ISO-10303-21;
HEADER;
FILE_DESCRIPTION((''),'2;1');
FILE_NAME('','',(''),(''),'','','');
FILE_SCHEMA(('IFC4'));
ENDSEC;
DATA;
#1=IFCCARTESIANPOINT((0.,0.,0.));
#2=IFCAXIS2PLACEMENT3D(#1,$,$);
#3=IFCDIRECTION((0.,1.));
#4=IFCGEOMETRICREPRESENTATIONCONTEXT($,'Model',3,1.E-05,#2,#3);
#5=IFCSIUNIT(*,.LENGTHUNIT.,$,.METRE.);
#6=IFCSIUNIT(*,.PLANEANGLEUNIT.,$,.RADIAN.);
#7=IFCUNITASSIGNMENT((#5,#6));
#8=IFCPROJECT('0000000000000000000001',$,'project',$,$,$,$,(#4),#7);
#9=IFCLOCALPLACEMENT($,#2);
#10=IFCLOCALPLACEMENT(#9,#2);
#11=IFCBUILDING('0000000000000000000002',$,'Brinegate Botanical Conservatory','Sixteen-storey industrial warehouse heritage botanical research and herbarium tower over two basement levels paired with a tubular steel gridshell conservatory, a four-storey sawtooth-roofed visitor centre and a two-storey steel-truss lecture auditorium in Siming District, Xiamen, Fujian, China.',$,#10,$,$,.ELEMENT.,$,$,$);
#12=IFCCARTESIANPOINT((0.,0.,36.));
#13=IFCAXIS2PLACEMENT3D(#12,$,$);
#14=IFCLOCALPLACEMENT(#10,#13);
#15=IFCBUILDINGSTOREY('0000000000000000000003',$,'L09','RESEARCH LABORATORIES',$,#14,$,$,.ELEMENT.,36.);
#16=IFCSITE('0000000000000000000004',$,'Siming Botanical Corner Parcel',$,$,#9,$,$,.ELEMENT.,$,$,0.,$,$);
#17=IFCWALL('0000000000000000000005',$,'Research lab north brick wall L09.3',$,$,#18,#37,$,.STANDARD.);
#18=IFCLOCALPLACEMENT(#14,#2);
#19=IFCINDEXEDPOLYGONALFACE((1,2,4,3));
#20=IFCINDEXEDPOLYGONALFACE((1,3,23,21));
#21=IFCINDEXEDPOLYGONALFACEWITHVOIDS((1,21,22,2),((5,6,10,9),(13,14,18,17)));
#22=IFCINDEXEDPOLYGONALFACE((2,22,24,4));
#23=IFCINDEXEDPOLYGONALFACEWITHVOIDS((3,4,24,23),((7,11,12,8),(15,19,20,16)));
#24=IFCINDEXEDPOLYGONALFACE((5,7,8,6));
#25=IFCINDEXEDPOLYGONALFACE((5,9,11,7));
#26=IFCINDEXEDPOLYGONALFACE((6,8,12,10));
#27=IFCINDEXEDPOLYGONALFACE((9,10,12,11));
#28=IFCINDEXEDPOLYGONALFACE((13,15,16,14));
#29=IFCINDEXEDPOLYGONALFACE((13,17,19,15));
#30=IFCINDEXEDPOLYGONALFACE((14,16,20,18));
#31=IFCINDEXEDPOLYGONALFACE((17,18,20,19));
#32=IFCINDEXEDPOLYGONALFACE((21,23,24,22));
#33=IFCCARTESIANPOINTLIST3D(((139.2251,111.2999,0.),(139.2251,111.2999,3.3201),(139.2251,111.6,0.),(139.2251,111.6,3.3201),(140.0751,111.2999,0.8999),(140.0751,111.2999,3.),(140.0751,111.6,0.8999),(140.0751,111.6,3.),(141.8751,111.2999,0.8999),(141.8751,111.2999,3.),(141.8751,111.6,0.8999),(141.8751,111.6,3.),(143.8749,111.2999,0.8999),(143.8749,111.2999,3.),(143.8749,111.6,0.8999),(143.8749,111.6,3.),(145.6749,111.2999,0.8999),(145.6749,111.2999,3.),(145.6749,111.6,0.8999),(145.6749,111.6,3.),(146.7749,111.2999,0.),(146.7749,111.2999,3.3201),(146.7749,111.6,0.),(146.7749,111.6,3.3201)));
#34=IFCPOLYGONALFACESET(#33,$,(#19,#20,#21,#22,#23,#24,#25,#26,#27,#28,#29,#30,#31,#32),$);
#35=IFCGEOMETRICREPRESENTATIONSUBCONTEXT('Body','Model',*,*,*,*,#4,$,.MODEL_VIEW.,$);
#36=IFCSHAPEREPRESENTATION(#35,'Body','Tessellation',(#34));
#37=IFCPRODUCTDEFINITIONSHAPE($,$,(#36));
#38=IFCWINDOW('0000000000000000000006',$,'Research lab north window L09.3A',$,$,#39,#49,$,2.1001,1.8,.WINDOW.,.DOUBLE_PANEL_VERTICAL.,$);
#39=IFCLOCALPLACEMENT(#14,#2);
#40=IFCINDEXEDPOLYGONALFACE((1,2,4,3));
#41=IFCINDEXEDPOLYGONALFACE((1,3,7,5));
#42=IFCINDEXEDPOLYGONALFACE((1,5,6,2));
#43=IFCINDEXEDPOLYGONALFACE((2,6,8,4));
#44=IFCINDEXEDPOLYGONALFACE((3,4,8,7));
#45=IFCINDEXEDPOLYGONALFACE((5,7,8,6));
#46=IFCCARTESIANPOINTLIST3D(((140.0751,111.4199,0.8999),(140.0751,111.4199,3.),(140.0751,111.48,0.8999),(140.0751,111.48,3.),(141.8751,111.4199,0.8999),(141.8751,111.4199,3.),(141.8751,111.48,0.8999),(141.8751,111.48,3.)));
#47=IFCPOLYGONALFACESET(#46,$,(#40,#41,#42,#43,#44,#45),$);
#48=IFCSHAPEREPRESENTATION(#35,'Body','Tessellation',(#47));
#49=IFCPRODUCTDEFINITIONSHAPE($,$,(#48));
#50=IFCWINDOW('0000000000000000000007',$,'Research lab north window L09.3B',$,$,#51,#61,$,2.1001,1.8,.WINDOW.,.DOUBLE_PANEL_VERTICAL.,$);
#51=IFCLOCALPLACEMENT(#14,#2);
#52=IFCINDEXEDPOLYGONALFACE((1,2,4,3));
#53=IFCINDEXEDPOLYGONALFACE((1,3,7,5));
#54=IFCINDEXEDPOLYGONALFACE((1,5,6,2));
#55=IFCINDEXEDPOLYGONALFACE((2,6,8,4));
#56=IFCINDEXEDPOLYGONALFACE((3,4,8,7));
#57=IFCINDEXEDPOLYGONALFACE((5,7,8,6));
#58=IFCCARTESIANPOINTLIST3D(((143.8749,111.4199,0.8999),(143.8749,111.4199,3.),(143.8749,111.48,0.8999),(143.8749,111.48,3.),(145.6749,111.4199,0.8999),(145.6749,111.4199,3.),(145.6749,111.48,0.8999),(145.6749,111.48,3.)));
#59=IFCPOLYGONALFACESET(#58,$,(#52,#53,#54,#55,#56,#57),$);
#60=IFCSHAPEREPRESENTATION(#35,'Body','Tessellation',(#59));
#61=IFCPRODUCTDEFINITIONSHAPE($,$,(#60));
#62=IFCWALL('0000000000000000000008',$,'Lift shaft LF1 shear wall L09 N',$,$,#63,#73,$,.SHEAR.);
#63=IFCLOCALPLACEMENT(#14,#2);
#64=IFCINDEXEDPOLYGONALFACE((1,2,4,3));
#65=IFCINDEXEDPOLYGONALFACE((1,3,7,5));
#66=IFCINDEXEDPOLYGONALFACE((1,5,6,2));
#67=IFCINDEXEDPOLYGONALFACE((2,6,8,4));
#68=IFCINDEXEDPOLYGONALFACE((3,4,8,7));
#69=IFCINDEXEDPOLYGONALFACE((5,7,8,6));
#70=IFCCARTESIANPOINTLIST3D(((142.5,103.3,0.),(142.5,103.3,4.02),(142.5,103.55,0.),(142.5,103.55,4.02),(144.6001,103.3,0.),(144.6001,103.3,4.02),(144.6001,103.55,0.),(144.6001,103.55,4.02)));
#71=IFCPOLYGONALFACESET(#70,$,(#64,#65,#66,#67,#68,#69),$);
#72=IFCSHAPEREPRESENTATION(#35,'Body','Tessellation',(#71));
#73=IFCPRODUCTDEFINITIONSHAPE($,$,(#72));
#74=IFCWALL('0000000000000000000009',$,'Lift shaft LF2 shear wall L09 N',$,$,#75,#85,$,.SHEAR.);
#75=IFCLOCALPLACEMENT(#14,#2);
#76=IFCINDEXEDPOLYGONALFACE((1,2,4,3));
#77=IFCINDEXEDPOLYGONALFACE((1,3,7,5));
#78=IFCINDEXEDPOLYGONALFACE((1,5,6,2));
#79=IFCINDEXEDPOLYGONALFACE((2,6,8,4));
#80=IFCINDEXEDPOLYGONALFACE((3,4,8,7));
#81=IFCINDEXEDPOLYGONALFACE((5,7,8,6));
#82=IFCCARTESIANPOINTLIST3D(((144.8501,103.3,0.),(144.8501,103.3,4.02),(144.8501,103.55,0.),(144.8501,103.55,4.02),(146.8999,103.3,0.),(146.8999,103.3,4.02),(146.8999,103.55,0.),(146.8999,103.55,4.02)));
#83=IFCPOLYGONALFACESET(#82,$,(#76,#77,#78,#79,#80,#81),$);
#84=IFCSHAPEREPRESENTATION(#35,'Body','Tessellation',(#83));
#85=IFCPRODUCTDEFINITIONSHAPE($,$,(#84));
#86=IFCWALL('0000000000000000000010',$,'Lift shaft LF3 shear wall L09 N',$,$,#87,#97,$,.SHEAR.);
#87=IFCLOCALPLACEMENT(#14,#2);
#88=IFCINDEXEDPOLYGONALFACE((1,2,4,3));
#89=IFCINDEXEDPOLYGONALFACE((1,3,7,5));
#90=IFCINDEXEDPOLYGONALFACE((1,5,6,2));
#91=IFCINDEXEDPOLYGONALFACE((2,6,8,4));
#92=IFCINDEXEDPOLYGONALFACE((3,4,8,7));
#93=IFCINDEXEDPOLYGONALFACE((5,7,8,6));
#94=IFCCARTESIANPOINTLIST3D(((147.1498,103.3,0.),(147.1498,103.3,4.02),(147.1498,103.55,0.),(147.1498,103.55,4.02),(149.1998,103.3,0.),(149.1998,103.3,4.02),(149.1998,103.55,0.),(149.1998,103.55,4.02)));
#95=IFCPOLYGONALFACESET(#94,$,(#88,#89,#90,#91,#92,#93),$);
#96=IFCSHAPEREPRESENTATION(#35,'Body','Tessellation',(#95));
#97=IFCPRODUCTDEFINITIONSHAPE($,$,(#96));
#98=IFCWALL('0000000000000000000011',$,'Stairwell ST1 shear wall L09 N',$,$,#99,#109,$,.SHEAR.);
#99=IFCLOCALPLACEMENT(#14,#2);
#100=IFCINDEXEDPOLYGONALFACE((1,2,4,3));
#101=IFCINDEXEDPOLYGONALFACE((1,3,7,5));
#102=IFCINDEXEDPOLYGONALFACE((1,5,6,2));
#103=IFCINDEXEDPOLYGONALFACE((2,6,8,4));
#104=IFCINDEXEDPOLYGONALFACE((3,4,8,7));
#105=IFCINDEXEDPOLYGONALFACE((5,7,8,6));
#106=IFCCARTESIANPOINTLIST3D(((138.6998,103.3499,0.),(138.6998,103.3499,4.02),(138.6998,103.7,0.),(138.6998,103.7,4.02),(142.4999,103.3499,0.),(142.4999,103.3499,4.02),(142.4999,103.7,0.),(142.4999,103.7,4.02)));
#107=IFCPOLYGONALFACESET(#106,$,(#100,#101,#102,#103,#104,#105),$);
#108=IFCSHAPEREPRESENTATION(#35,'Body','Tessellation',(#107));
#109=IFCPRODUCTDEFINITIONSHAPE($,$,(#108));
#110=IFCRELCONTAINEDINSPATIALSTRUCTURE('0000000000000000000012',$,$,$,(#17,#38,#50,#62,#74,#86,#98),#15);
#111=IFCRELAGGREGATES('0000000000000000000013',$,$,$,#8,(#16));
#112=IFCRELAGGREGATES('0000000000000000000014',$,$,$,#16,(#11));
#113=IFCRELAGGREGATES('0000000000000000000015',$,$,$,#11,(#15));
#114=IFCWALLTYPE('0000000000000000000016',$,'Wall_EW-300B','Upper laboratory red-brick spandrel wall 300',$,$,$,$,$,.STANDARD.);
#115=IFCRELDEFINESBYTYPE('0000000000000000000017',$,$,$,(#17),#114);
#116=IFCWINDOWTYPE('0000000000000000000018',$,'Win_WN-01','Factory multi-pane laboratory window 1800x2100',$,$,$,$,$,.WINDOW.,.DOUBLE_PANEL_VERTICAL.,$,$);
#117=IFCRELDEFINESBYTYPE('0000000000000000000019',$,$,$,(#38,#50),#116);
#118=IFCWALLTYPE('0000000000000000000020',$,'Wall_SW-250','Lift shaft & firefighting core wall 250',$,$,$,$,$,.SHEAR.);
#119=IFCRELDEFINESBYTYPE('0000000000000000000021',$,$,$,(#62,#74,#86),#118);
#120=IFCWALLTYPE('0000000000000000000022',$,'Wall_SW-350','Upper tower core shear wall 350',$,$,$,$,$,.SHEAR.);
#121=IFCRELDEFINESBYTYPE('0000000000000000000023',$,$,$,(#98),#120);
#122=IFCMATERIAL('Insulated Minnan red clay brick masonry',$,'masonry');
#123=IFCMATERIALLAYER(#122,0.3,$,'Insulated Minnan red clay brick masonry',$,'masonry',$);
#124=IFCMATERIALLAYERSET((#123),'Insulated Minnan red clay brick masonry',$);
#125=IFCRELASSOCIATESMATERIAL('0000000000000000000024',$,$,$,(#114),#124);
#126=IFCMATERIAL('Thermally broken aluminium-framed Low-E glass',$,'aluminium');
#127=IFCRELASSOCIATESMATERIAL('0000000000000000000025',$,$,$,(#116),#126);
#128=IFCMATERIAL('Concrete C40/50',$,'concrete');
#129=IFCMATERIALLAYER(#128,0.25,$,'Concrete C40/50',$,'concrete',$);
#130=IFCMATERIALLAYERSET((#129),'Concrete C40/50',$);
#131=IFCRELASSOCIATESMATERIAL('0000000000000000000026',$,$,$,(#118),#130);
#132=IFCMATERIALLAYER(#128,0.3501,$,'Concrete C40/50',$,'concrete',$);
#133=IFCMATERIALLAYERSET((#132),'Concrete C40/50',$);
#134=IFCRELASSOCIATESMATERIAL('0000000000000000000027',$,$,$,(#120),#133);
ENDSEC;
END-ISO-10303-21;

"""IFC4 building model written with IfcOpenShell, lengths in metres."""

from ifc_helpers import new_model, si_unit, direction, frame, frame_2d, origin, place, context, subcontext, project, spatial, rectangle, extrude, material, layer, layer_set, type_object, element, fill, save


model = new_model("IFC4")

# Units and contexts
model_context = context("Model", 3, precision=1e-05, world=origin(), true_north=direction((0.0, 1.0)))
body_context = subcontext(model_context, "Body", "Model", "MODEL_VIEW")
ifc_project = project(units=[si_unit("LENGTHUNIT", "METRE"), si_unit("PLANEANGLEUNIT", "RADIAN")], contexts=[model_context])

# Site, building, storey
site_placement = place(None, origin())
site = spatial("IfcSite", under=ifc_project, at=site_placement, Name="Siming Botanical Corner Parcel", CompositionType="ELEMENT", RefElevation=0.0)
building_placement = place(site_placement, origin())
building = spatial("IfcBuilding", under=site, at=building_placement, Name="Brinegate Botanical Conservatory", Description="Sixteen-storey industrial warehouse heritage botanical research and herbarium tower over two basement levels paired with a tubular steel gridshell conservatory, a four-storey sawtooth-roofed visitor centre and a two-storey steel-truss lecture auditorium in Siming District, Xiamen, Fujian, China.", CompositionType="ELEMENT")
storey_placement = place(building_placement, frame((0.0, 0.0, 36.0)))
storey = spatial("IfcBuildingStorey", under=building, at=storey_placement, Name="L09", Description="RESEARCH LABORATORIES", CompositionType="ELEMENT", Elevation=36.0)

# Shared definitions
ifc_material_1 = material(Name="Concrete C40/50", Category="concrete")

# Wall, openings, windows
ifc_material_2 = material(Name="Insulated Minnan red clay brick masonry", Category="masonry")
ifc_layer_1 = layer(ifc_material_2, 0.3, Name="Insulated Minnan red clay brick masonry", Category="masonry")
ifc_layer_set_1 = layer_set([ifc_layer_1], Name="Insulated Minnan red clay brick masonry")
wall_type_1 = type_object("IfcWallType", Name="Wall_EW-300B", Description="Upper laboratory red-brick spandrel wall 300", PredefinedType="STANDARD", material=ifc_layer_set_1)
wall_1_placement = place(storey_placement, frame((139.2251, 111.45, 0.0), z_axis=(0.0, 0.0, 1.0), x_axis=(1.0, 0.0, 0.0)))
wall_1 = element("IfcWall", 1, at=wall_1_placement, inside=storey, type_object=wall_type_1, Name="Research lab north brick wall L09.3", PredefinedType="STANDARD", context=body_context, shape_type="SweptSolid", body=[
    extrude(rectangle(XDim=7.5498, YDim=0.3, at=frame_2d((3.7749, 0.0))), origin(), (0.0, 0.0, 1.0), 3.3201),
])
opening_1_placement = place(wall_1_placement, frame((0.8501, 0.0, 0.8999)))
opening_1 = element("IfcOpeningElement", 2, at=opening_1_placement, cuts=wall_1, PredefinedType="OPENING", context=body_context, shape_type="SweptSolid", body=[
    extrude(rectangle(XDim=1.8, YDim=2.1001, at=frame_2d((0.8999, 1.05))), frame((0.0, 0.1599, 0.0), z_axis=(0.0, -1.0, 0.0), x_axis=(1.0, 0.0, 0.0)), (0.0, 0.0, 1.0), 0.3201),
])
opening_2_placement = place(wall_1_placement, frame((4.6499, 0.0, 0.8999)))
opening_2 = element("IfcOpeningElement", 3, at=opening_2_placement, cuts=wall_1, PredefinedType="OPENING", context=body_context, shape_type="SweptSolid", body=[
    extrude(rectangle(XDim=1.8, YDim=2.1001, at=frame_2d((0.8999, 1.05))), frame((0.0, 0.1599, 0.0), z_axis=(0.0, -1.0, 0.0), x_axis=(1.0, 0.0, 0.0)), (0.0, 0.0, 1.0), 0.3201),
])
ifc_material_3 = material(Name="Thermally broken aluminium-framed Low-E glass", Category="aluminium")
window_type = type_object("IfcWindowType", Name="Win_WN-01", Description="Factory multi-pane laboratory window 1800x2100", PartitioningType="DOUBLE_PANEL_VERTICAL", PredefinedType="WINDOW", material=ifc_material_3)
window_1_placement = place(opening_1_placement, origin())
window_1 = element("IfcWindow", 4, at=window_1_placement, inside=storey, type_object=window_type, Name="Research lab north window L09.3A", OverallHeight=2.1001, OverallWidth=1.8, PartitioningType="DOUBLE_PANEL_VERTICAL", PredefinedType="WINDOW", context=body_context, shape_type="SweptSolid", body=[
    extrude(rectangle(XDim=1.8, YDim=2.1001, at=frame_2d((0.8999, 1.05))), frame((0.0, 0.03, 0.0), z_axis=(0.0, -1.0, 0.0), x_axis=(1.0, 0.0, 0.0)), (0.0, 0.0, 1.0), 0.0601),
])
fill(opening_1, window_1)
window_2_placement = place(opening_2_placement, origin())
window_2 = element("IfcWindow", 5, at=window_2_placement, inside=storey, type_object=window_type, Name="Research lab north window L09.3B", OverallHeight=2.1001, OverallWidth=1.8, PartitioningType="DOUBLE_PANEL_VERTICAL", PredefinedType="WINDOW", context=body_context, shape_type="SweptSolid", body=[
    extrude(rectangle(XDim=1.8, YDim=2.1001, at=frame_2d((0.8999, 1.05))), frame((0.0, 0.03, 0.0), z_axis=(0.0, -1.0, 0.0), x_axis=(1.0, 0.0, 0.0)), (0.0, 0.0, 1.0), 0.0601),
])
fill(opening_2, window_2)

# Walls
ifc_layer_2 = layer(ifc_material_1, 0.25, Name="Concrete C40/50", Category="concrete")
ifc_layer_set_2 = layer_set([ifc_layer_2], Name="Concrete C40/50")
wall_type_2 = type_object("IfcWallType", Name="Wall_SW-250", Description="Lift shaft & firefighting core wall 250", PredefinedType="SHEAR", material=ifc_layer_set_2)
wall_2_placement = place(storey_placement, frame((142.5, 103.425, 0.0), z_axis=(0.0, 0.0, 1.0), x_axis=(1.0, 0.0, 0.0)))
element("IfcWall", 6, at=wall_2_placement, inside=storey, type_object=wall_type_2, Name="Lift shaft LF1 shear wall L09 N", PredefinedType="SHEAR", context=body_context, shape_type="SweptSolid", body=[
    extrude(rectangle(XDim=2.1001, YDim=0.25, at=frame_2d((1.05, 0.0))), origin(), (0.0, 0.0, 1.0), 4.02),
])
wall_3_placement = place(storey_placement, frame((144.8501, 103.425, 0.0), z_axis=(0.0, 0.0, 1.0), x_axis=(1.0, 0.0, 0.0)))
element("IfcWall", 7, at=wall_3_placement, inside=storey, type_object=wall_type_2, Name="Lift shaft LF2 shear wall L09 N", PredefinedType="SHEAR", context=body_context, shape_type="SweptSolid", body=[
    extrude(rectangle(XDim=2.0498, YDim=0.25, at=frame_2d((1.0249, 0.0))), origin(), (0.0, 0.0, 1.0), 4.02),
])

# Walls
wall_4_placement = place(storey_placement, frame((147.1499, 103.425, 0.0), z_axis=(0.0, 0.0, 1.0), x_axis=(1.0, 0.0, 0.0)))
element("IfcWall", 8, at=wall_4_placement, inside=storey, type_object=wall_type_2, Name="Lift shaft LF3 shear wall L09 N", PredefinedType="SHEAR", context=body_context, shape_type="SweptSolid", body=[
    extrude(rectangle(XDim=2.05, YDim=0.25, at=frame_2d((1.0249, 0.0))), origin(), (0.0, 0.0, 1.0), 4.02),
])
ifc_layer_3 = layer(ifc_material_1, 0.3501, Name="Concrete C40/50", Category="concrete")
ifc_layer_set_3 = layer_set([ifc_layer_3], Name="Concrete C40/50")
wall_type_3 = type_object("IfcWallType", Name="Wall_SW-350", Description="Upper tower core shear wall 350", PredefinedType="SHEAR", material=ifc_layer_set_3)
wall_5_placement = place(storey_placement, frame((138.7, 103.5249, 0.0), z_axis=(0.0, 0.0, 1.0), x_axis=(1.0, 0.0, 0.0)))
element("IfcWall", 9, at=wall_5_placement, inside=storey, type_object=wall_type_3, Name="Stairwell ST1 shear wall L09 N", PredefinedType="SHEAR", context=body_context, shape_type="SweptSolid", body=[
    extrude(rectangle(XDim=3.8, YDim=0.3501, at=frame_2d((1.8999, 0.0))), origin(), (0.0, 0.0, 1.0), 4.02),
])

save(model, "model.ifc")
